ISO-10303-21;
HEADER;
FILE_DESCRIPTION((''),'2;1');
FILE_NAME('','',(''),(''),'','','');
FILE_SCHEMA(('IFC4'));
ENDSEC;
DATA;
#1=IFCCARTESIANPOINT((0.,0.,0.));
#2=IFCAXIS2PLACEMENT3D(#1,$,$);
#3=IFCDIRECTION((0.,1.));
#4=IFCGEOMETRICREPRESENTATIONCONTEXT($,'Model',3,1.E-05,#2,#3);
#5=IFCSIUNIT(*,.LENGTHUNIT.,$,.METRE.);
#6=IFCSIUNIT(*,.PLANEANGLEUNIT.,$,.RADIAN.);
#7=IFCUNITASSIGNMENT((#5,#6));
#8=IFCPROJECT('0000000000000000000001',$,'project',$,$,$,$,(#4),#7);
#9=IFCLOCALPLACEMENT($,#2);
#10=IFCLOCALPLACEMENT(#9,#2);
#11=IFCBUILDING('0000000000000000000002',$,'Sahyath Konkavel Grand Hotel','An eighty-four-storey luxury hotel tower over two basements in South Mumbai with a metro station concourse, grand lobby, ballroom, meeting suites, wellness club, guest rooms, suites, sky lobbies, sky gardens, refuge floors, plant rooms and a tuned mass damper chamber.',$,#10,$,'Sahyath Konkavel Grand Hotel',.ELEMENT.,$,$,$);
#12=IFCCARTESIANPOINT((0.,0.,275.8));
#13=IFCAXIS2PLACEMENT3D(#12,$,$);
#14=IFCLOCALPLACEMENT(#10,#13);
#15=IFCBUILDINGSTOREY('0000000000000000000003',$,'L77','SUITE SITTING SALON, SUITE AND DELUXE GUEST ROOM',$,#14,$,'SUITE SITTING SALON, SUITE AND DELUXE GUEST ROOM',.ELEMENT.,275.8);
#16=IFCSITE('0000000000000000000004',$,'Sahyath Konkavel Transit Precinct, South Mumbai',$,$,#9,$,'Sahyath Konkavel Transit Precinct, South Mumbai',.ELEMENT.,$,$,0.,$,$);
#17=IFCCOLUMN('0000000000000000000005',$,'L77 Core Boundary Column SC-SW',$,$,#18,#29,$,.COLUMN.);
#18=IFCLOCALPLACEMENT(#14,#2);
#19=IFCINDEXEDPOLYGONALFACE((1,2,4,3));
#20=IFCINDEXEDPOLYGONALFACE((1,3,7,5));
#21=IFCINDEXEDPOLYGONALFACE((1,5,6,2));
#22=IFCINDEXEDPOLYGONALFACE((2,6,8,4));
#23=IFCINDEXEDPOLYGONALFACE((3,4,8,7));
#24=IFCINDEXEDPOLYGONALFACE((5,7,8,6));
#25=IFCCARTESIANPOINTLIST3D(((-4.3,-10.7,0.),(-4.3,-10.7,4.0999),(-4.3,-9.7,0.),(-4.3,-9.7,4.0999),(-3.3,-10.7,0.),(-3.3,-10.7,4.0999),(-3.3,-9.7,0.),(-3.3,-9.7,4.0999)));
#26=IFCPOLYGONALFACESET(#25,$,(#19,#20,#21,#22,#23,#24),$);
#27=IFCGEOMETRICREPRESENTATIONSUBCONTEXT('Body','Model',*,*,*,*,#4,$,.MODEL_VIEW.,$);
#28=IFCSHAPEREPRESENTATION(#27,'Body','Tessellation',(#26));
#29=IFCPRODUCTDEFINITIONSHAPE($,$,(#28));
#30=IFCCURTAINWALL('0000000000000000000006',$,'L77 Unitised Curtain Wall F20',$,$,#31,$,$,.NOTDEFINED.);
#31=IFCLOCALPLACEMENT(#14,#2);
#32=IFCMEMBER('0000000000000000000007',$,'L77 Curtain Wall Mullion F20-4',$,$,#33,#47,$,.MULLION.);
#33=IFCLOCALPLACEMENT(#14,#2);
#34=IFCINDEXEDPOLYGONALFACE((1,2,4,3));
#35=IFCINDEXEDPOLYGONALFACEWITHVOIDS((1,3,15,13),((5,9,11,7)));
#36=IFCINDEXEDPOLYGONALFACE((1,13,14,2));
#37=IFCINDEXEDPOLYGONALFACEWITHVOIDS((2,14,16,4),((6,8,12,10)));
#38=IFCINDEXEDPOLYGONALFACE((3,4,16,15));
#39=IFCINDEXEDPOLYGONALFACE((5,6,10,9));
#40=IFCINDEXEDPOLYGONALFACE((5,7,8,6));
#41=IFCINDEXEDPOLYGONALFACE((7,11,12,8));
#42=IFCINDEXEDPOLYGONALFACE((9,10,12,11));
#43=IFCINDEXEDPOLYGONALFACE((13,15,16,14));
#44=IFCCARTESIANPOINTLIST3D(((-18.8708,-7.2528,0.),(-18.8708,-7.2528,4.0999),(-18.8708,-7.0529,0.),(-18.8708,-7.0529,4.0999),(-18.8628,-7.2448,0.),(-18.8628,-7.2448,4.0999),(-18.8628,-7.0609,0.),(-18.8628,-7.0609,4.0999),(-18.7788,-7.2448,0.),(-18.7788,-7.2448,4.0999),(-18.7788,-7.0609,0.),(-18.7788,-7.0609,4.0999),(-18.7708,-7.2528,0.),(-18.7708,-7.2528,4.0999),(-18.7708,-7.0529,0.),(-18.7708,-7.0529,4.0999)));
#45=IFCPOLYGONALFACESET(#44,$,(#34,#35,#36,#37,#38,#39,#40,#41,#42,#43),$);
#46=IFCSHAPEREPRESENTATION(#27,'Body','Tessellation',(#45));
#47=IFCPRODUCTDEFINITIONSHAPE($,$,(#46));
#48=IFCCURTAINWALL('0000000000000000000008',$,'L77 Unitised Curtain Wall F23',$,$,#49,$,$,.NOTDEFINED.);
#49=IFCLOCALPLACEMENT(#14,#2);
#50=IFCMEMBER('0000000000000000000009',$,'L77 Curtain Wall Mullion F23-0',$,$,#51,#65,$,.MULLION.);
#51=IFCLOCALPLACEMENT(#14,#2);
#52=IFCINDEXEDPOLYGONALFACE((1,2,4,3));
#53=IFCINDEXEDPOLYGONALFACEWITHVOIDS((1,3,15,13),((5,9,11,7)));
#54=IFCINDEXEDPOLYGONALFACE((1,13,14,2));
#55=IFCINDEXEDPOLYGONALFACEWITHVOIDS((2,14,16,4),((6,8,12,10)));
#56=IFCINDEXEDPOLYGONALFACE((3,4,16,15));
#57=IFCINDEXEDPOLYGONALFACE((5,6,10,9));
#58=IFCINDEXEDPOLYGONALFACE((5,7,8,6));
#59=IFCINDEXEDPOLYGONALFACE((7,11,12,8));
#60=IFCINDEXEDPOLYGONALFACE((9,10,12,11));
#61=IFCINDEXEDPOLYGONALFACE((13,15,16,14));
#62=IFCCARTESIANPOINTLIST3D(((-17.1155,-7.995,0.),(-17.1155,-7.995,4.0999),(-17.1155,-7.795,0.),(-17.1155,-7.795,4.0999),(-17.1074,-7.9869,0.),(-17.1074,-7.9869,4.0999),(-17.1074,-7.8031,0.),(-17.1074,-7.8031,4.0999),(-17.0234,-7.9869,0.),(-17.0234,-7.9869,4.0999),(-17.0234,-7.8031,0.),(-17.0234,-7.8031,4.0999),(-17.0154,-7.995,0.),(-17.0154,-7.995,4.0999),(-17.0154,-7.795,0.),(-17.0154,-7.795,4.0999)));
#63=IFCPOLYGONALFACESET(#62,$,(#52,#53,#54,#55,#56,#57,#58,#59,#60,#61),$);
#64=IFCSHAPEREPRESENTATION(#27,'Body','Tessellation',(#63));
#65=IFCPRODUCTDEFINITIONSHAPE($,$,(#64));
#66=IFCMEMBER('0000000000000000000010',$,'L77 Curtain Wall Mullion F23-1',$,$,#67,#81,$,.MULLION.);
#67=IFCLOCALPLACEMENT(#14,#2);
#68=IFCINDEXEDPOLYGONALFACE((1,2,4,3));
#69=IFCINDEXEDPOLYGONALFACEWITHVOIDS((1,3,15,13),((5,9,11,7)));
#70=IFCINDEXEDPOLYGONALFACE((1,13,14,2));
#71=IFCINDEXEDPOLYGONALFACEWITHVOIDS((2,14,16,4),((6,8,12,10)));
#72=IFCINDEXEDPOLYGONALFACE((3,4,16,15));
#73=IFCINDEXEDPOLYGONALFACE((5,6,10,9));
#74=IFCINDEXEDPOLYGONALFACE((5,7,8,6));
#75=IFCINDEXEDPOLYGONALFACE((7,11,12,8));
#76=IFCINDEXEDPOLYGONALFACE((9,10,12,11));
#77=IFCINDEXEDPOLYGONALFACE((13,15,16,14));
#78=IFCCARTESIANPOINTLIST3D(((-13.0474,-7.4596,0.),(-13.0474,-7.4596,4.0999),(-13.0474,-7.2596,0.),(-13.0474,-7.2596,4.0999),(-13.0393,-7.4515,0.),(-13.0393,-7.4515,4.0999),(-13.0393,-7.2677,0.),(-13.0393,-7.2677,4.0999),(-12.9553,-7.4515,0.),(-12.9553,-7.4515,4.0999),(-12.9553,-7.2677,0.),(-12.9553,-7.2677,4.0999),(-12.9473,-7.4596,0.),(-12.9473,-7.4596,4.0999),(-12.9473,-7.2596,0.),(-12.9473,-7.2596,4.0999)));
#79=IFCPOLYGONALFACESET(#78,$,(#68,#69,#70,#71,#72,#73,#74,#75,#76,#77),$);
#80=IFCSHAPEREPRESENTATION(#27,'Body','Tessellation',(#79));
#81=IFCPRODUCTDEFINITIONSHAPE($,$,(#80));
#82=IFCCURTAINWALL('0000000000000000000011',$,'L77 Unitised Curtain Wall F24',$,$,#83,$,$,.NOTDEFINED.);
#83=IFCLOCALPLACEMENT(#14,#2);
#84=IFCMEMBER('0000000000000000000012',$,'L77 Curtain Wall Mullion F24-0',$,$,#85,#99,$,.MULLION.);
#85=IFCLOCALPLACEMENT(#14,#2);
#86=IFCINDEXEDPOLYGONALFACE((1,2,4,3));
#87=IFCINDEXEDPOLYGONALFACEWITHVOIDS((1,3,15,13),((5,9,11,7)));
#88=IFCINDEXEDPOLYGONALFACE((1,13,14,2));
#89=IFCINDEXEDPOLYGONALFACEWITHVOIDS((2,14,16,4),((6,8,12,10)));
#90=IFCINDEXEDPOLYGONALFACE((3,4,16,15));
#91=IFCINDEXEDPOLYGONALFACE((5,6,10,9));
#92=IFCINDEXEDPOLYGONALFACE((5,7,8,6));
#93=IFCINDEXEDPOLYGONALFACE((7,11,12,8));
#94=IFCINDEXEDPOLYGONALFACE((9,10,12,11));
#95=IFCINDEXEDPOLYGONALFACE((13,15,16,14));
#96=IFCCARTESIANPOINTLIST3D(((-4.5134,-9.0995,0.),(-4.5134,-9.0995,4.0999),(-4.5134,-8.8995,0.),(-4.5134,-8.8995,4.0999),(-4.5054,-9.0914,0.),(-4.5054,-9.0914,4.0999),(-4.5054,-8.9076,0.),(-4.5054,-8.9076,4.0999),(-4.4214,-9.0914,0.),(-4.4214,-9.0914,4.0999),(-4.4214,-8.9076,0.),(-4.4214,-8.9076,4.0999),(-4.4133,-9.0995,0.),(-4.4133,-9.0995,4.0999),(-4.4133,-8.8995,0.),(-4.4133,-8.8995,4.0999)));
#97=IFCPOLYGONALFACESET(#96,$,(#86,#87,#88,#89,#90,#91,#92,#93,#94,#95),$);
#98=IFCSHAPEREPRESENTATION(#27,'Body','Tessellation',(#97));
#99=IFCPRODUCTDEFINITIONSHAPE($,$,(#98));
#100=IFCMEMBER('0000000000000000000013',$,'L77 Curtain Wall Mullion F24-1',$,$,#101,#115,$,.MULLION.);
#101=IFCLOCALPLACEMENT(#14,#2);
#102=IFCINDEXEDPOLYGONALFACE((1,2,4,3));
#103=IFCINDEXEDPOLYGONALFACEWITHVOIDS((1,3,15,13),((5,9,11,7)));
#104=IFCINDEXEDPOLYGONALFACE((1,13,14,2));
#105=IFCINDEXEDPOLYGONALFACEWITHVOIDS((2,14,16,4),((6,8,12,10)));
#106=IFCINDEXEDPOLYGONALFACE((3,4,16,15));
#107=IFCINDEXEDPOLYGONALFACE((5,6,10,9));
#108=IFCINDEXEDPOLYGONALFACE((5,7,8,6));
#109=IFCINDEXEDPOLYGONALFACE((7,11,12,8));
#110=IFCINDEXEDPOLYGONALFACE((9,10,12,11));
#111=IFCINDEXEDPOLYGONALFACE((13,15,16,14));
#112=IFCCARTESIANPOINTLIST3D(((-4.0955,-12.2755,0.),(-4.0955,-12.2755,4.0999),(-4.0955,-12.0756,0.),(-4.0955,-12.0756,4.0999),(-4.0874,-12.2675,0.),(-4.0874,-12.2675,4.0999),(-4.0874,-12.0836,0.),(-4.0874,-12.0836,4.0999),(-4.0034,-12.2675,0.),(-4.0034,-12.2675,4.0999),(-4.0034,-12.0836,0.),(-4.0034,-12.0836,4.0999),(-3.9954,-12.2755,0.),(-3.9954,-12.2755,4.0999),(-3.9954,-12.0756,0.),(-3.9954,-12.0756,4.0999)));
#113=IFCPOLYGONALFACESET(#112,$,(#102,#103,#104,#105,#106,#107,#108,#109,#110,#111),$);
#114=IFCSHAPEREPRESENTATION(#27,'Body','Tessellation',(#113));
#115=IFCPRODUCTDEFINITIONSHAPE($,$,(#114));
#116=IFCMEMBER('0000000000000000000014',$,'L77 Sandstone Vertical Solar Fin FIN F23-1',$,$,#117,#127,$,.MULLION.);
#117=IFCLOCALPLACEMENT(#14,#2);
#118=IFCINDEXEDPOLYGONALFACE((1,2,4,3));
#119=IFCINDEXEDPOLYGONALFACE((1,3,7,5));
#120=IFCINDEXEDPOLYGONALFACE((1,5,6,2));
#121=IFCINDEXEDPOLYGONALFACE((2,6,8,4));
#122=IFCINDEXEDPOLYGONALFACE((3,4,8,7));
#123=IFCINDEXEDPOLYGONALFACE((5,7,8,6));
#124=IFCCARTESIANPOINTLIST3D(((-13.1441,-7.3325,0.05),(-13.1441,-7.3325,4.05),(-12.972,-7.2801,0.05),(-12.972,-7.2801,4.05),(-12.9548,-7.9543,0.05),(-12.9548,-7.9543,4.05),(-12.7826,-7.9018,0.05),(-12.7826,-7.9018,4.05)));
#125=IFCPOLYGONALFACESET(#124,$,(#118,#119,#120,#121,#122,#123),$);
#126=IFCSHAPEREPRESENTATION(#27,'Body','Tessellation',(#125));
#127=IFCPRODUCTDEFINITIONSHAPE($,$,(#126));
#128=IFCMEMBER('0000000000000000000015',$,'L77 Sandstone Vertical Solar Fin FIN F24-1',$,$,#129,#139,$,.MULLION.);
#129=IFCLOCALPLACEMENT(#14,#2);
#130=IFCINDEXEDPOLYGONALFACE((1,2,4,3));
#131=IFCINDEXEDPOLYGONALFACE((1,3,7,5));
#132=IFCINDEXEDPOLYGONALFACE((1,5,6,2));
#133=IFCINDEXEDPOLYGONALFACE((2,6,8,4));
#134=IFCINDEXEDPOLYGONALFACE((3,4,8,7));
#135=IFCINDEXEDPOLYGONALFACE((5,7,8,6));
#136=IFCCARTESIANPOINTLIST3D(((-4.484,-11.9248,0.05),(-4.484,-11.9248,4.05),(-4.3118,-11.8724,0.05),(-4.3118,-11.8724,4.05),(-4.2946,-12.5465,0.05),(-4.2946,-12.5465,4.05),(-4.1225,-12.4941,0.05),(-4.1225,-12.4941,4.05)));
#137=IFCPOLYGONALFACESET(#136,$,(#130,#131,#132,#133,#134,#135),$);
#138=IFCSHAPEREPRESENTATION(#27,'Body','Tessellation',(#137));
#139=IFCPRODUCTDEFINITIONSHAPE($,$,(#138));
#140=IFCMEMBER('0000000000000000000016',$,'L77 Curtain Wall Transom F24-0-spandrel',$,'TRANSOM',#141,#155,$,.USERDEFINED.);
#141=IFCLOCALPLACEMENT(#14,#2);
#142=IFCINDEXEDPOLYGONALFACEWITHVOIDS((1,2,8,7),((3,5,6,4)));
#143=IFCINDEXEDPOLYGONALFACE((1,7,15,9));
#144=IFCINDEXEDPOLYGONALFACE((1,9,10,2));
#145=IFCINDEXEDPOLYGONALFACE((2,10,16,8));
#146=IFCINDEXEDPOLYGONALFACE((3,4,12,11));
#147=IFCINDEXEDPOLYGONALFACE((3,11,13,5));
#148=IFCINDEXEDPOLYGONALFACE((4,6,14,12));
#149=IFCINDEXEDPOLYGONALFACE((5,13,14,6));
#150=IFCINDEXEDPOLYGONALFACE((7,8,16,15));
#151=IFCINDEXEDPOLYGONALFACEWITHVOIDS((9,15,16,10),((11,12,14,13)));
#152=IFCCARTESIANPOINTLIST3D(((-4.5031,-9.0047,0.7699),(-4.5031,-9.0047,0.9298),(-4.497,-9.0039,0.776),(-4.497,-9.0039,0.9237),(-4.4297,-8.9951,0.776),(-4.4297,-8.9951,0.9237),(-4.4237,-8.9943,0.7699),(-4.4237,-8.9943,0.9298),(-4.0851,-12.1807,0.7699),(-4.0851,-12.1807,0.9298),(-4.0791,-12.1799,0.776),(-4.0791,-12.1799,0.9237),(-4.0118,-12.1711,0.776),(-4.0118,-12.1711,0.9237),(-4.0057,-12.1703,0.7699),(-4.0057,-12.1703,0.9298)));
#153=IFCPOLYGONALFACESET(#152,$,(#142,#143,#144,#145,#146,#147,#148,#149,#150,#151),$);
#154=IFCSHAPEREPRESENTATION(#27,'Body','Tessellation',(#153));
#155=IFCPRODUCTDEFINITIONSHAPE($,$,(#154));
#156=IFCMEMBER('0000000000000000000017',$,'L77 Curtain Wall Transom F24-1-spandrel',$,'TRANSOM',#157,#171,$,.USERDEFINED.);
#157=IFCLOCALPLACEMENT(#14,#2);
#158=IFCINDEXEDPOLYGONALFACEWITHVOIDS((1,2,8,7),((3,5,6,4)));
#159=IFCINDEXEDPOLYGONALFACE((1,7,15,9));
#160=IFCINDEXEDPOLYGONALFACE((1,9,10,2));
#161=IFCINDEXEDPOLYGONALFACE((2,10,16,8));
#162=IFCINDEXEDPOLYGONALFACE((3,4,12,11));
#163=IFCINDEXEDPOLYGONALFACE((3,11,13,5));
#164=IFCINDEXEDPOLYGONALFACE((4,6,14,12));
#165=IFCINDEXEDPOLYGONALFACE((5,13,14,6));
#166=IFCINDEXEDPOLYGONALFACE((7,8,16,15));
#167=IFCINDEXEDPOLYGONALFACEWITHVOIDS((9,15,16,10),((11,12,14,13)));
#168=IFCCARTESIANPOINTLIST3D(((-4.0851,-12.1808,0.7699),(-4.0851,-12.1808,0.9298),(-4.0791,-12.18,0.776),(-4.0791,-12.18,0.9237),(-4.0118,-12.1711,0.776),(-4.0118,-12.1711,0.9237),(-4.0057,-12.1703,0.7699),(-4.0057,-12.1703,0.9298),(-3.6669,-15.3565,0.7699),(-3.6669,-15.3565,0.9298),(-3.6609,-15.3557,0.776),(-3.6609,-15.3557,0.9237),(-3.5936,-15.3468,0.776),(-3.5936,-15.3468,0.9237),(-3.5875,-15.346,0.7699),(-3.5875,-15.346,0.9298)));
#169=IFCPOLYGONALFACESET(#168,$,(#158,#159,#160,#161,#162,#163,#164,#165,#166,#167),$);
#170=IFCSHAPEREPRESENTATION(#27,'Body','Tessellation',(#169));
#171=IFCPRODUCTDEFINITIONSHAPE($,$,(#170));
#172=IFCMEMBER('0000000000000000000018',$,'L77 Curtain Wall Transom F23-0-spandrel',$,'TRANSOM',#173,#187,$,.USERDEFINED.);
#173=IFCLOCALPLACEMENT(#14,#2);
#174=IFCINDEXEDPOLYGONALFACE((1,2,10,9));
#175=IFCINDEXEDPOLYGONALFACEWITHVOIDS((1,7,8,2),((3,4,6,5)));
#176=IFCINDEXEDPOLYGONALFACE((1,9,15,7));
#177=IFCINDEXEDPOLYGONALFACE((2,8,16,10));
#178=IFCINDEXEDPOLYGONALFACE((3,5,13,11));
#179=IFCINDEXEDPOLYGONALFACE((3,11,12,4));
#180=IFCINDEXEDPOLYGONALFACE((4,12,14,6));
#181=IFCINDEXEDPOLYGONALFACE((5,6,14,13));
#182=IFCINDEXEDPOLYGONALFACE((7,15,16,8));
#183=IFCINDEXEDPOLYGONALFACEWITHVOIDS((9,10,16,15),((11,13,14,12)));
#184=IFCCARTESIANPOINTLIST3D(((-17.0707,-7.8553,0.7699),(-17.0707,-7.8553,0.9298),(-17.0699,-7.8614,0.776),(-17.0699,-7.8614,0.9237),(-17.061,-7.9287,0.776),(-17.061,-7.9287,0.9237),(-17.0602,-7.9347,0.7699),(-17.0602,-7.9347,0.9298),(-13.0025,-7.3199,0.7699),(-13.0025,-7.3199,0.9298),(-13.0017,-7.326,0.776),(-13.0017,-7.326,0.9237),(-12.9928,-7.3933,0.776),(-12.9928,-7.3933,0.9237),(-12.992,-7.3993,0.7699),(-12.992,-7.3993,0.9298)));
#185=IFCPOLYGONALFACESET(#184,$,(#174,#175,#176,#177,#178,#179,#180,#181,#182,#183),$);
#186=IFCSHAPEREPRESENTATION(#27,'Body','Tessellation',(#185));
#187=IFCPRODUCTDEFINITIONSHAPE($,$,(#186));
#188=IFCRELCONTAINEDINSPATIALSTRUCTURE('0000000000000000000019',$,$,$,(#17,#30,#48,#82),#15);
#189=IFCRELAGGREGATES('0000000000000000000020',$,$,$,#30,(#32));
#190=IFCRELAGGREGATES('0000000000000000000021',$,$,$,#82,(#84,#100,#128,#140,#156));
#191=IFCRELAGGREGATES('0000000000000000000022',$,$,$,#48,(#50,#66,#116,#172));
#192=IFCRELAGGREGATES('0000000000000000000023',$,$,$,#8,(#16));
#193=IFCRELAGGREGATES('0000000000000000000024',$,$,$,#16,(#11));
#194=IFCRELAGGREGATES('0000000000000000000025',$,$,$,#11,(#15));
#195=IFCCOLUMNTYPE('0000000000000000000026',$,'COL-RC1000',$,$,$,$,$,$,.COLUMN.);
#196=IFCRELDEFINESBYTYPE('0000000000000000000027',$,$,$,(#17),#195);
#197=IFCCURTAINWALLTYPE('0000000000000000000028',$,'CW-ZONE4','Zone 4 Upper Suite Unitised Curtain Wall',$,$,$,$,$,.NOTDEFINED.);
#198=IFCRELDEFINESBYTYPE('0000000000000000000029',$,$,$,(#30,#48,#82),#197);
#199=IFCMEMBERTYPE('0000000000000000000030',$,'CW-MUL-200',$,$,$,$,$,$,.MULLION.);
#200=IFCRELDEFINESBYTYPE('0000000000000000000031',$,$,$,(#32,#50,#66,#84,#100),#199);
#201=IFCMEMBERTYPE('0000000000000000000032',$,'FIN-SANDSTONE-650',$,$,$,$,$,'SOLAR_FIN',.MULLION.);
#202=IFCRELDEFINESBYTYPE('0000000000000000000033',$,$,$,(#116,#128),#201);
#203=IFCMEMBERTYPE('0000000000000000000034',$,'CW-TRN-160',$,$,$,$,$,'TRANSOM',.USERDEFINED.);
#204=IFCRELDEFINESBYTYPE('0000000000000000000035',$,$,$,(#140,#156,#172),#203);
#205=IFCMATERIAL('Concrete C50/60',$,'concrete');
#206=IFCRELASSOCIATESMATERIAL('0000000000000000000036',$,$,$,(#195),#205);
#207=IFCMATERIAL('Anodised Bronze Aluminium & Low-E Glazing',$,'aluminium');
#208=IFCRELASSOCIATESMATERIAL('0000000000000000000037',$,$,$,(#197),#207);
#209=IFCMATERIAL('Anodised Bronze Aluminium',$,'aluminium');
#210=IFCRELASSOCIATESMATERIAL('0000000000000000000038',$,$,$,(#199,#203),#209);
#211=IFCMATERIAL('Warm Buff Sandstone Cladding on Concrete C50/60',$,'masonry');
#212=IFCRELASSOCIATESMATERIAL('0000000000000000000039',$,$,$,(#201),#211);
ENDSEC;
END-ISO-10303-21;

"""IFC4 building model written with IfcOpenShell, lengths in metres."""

from ifc_helpers import new_model, si_unit, direction, frame, origin, origin_2d, place, context, subcontext, project, spatial, rectangle, hollow_rectangle, extrude, source, transform, mapped, material, material_profile, profile_set, type_object, element, aggregate, save


model = new_model("IFC4")

# Units and contexts
model_context = context("Model", 3, precision=1e-05, world=origin(), true_north=direction((0.0, 1.0)))
body_context = subcontext(model_context, "Body", "Model", "MODEL_VIEW")
ifc_project = project(units=[si_unit("LENGTHUNIT", "METRE"), si_unit("PLANEANGLEUNIT", "RADIAN")], contexts=[model_context])

# Site, building, storey
site_placement = place(None, origin())
site = spatial("IfcSite", under=ifc_project, at=site_placement, Name="Sahyath Konkavel Transit Precinct, South Mumbai", LongName="Sahyath Konkavel Transit Precinct, South Mumbai", CompositionType="ELEMENT", RefElevation=0.0)
building_placement = place(site_placement, origin())
building = spatial("IfcBuilding", under=site, at=building_placement, Name="Sahyath Konkavel Grand Hotel", Description="An eighty-four-storey luxury hotel tower over two basements in South Mumbai with a metro station concourse, grand lobby, ballroom, meeting suites, wellness club, guest rooms, suites, sky lobbies, sky gardens, refuge floors, plant rooms and a tuned mass damper chamber.", LongName="Sahyath Konkavel Grand Hotel", CompositionType="ELEMENT")
storey_placement = place(building_placement, frame((0.0, 0.0, 275.8)))
storey = spatial("IfcBuildingStorey", under=building, at=storey_placement, Name="L77", Description="SUITE SITTING SALON, SUITE AND DELUXE GUEST ROOM", LongName="SUITE SITTING SALON, SUITE AND DELUXE GUEST ROOM", CompositionType="ELEMENT", Elevation=275.8)

# Column
ifc_material_1 = material(Name="Concrete C50/60", Category="concrete")
ifc_material_profile_1 = material_profile(ifc_material_1, rectangle(XDim=1.0, YDim=1.0, at=origin_2d()), Name="RC 1000x1000")
ifc_profile_set_1 = profile_set([ifc_material_profile_1], Name="Concrete C50/60")
column_type = type_object("IfcColumnType", Name="COL-RC1000", PredefinedType="COLUMN", material=ifc_profile_set_1)
shared_shape_1 = source(origin(), body_context, "Body", "SweptSolid", [
    extrude(rectangle(XDim=1.0, YDim=1.0, at=origin_2d()), origin(), (0.0, 0.0, 1.0), 4.0999),
])
column_placement = place(storey_placement, frame((-3.8, -10.2, 0.0), z_axis=(0.0, 0.0, 1.0), x_axis=(1.0, 0.0, 0.0)))
element("IfcColumn", 1, at=column_placement, inside=storey, type_object=column_type, Name="L77 Core Boundary Column SC-SW", PredefinedType="COLUMN", context=body_context, shape_type="MappedRepresentation", body=[
    mapped(shared_shape_1, transform((0.0, 0.0, 0.0), scale=1.0)),
])

# Curtain wall, member
ifc_material_2 = material(Name="Anodised Bronze Aluminium & Low-E Glazing", Category="aluminium")
curtain_wall_type = type_object("IfcCurtainWallType", Name="CW-ZONE4", Description="Zone 4 Upper Suite Unitised Curtain Wall", PredefinedType="NOTDEFINED", material=ifc_material_2)
curtain_wall_1_placement = place(storey_placement, origin())
curtain_wall_1 = element("IfcCurtainWall", 2, at=curtain_wall_1_placement, inside=storey, type_object=curtain_wall_type, Name="L77 Unitised Curtain Wall F20", PredefinedType="NOTDEFINED")
ifc_material_3 = material(Name="Anodised Bronze Aluminium", Category="aluminium")
ifc_material_profile_2 = material_profile(ifc_material_3, hollow_rectangle(XDim=0.1001, YDim=0.2, WallThickness=0.0081, at=origin_2d()), Name="RHS 200x100x8")
ifc_profile_set_2 = profile_set([ifc_material_profile_2], Name="Anodised Bronze Aluminium")
member_type_1 = type_object("IfcMemberType", Name="CW-MUL-200", PredefinedType="MULLION", material=ifc_profile_set_2)
shared_shape_2 = source(origin(), body_context, "Body", "SweptSolid", [
    extrude(hollow_rectangle(XDim=0.1001, YDim=0.2, WallThickness=0.0081, at=origin_2d()), origin(), (0.0, 0.0, 1.0), 4.0999),
])
member_1_placement = place(storey_placement, frame((-18.8208, -7.1528, 0.0), z_axis=(0.0, 0.0, 1.0), x_axis=(1.0, 0.0, 0.0)))
member_1 = element("IfcMember", 3, at=member_1_placement, type_object=member_type_1, Name="L77 Curtain Wall Mullion F20-4", PredefinedType="MULLION", context=body_context, shape_type="MappedRepresentation", body=[
    mapped(shared_shape_2, transform((0.0, 0.0, 0.0), scale=1.0)),
])
aggregate(curtain_wall_1, [member_1])

# Curtain walls, members
curtain_wall_2_placement = place(storey_placement, origin())
curtain_wall_2 = element("IfcCurtainWall", 4, at=curtain_wall_2_placement, inside=storey, type_object=curtain_wall_type, Name="L77 Unitised Curtain Wall F23", PredefinedType="NOTDEFINED")
member_2_placement = place(storey_placement, frame((-17.0654, -7.895, 0.0), z_axis=(0.0, 0.0, 1.0), x_axis=(1.0, 0.0, 0.0)))
member_2 = element("IfcMember", 5, at=member_2_placement, type_object=member_type_1, Name="L77 Curtain Wall Mullion F23-0", PredefinedType="MULLION", context=body_context, shape_type="MappedRepresentation", body=[
    mapped(shared_shape_2, transform((0.0, 0.0, 0.0), scale=1.0)),
])
member_3_placement = place(storey_placement, frame((-12.9973, -7.3596, 0.0), z_axis=(0.0, 0.0, 1.0), x_axis=(1.0, 0.0, 0.0)))
member_3 = element("IfcMember", 6, at=member_3_placement, type_object=member_type_1, Name="L77 Curtain Wall Mullion F23-1", PredefinedType="MULLION", context=body_context, shape_type="MappedRepresentation", body=[
    mapped(shared_shape_2, transform((0.0, 0.0, 0.0), scale=1.0)),
])
curtain_wall_3_placement = place(storey_placement, origin())
curtain_wall_3 = element("IfcCurtainWall", 7, at=curtain_wall_3_placement, inside=storey, type_object=curtain_wall_type, Name="L77 Unitised Curtain Wall F24", PredefinedType="NOTDEFINED")
member_4_placement = place(storey_placement, frame((-4.4634, -8.9995, 0.0), z_axis=(0.0, 0.0, 1.0), x_axis=(1.0, 0.0, 0.0)))
member_4 = element("IfcMember", 8, at=member_4_placement, type_object=member_type_1, Name="L77 Curtain Wall Mullion F24-0", PredefinedType="MULLION", context=body_context, shape_type="MappedRepresentation", body=[
    mapped(shared_shape_2, transform((0.0, 0.0, 0.0), scale=1.0)),
])
member_5_placement = place(storey_placement, frame((-4.0454, -12.1755, 0.0), z_axis=(0.0, 0.0, 1.0), x_axis=(1.0, 0.0, 0.0)))
member_5 = element("IfcMember", 9, at=member_5_placement, type_object=member_type_1, Name="L77 Curtain Wall Mullion F24-1", PredefinedType="MULLION", context=body_context, shape_type="MappedRepresentation", body=[
    mapped(shared_shape_2, transform((0.0, 0.0, 0.0), scale=1.0)),
])

# Members
ifc_material_4 = material(Name="Warm Buff Sandstone Cladding on Concrete C50/60", Category="masonry")
ifc_material_profile_3 = material_profile(ifc_material_4, rectangle(XDim=0.1799, YDim=0.6499, at=origin_2d()), Name="FIN 180x650")
ifc_profile_set_3 = profile_set([ifc_material_profile_3], Name="Warm Buff Sandstone Cladding on Concrete C50/60")
member_type_2 = type_object("IfcMemberType", Name="FIN-SANDSTONE-650", ElementType="SOLAR_FIN", PredefinedType="MULLION", material=ifc_profile_set_3)
shared_shape_3 = source(origin(), body_context, "Body", "SweptSolid", [
    extrude(rectangle(XDim=0.1799, YDim=0.6499, at=origin_2d()), origin(), (0.0, 0.0, 1.0), 4.0),
])
member_6_placement = place(storey_placement, frame((-12.9634, -7.6172, 0.05), z_axis=(0.0, 0.0, 1.0), x_axis=(0.95661, 0.29137, 0.0)))
member_6 = element("IfcMember", 10, at=member_6_placement, type_object=member_type_2, Name="L77 Sandstone Vertical Solar Fin FIN F23-1", PredefinedType="MULLION", context=body_context, shape_type="MappedRepresentation", body=[
    mapped(shared_shape_3, transform((0.0, 0.0, 0.0), scale=1.0)),
])
member_7_placement = place(storey_placement, frame((-4.3032, -12.2095, 0.05), z_axis=(0.0, 0.0, 1.0), x_axis=(0.95661, 0.29137, 0.0)))
member_7 = element("IfcMember", 11, at=member_7_placement, type_object=member_type_2, Name="L77 Sandstone Vertical Solar Fin FIN F24-1", PredefinedType="MULLION", context=body_context, shape_type="MappedRepresentation", body=[
    mapped(shared_shape_3, transform((0.0, 0.0, 0.0), scale=1.0)),
])
ifc_material_profile_4 = material_profile(ifc_material_3, hollow_rectangle(XDim=0.0801, YDim=0.1599, WallThickness=0.0061, at=origin_2d()), Name="RHS 160x80x6")
ifc_profile_set_4 = profile_set([ifc_material_profile_4], Name="Anodised Bronze Aluminium")
member_type_3 = type_object("IfcMemberType", Name="CW-TRN-160", ElementType="TRANSOM", PredefinedType="USERDEFINED", material=ifc_profile_set_4)
shared_shape_4 = source(origin(), body_context, "Body", "SweptSolid", [
    extrude(hollow_rectangle(XDim=0.0801, YDim=0.1599, WallThickness=0.0061, at=origin_2d()), origin(), (0.0, 0.0, 1.0), 3.2034),
])
member_8_placement = place(storey_placement, frame((-4.4634, -8.9995, 0.8499), z_axis=(0.130476, -0.991451, 0.0), x_axis=(0.991451, 0.130476, 0.0)))
member_8 = element("IfcMember", 12, at=member_8_placement, type_object=member_type_3, Name="L77 Curtain Wall Transom F24-0-spandrel", ObjectType="TRANSOM", PredefinedType="USERDEFINED", context=body_context, shape_type="MappedRepresentation", body=[
    mapped(shared_shape_4, transform((0.0, 0.0, 0.0), scale=1.0)),
])
shared_shape_5 = source(origin(), body_context, "Body", "SweptSolid", [
    extrude(hollow_rectangle(XDim=0.0801, YDim=0.1599, WallThickness=0.0061, at=origin_2d()), origin(), (0.0, 0.0, 1.0), 3.2031),
])
member_9_placement = place(storey_placement, frame((-4.0454, -12.1755, 0.8499), z_axis=(0.130561, -0.99144, 0.0), x_axis=(0.99144, 0.130561, 0.0)))
member_9 = element("IfcMember", 13, at=member_9_placement, type_object=member_type_3, Name="L77 Curtain Wall Transom F24-1-spandrel", ObjectType="TRANSOM", PredefinedType="USERDEFINED", context=body_context, shape_type="MappedRepresentation", body=[
    mapped(shared_shape_5, transform((0.0, 0.0, 0.0), scale=1.0)),
])
shared_shape_6 = source(origin(), body_context, "Body", "SweptSolid", [
    extrude(hollow_rectangle(XDim=0.0801, YDim=0.1599, WallThickness=0.0061, at=origin_2d()), origin(), (0.0, 0.0, 1.0), 4.1033),
])
member_10_placement = place(storey_placement, frame((-17.0654, -7.895, 0.8499), z_axis=(0.99145, 0.130484, 0.0), x_axis=(-0.130484, 0.99145, 0.0)))
member_10 = element("IfcMember", 14, at=member_10_placement, type_object=member_type_3, Name="L77 Curtain Wall Transom F23-0-spandrel", ObjectType="TRANSOM", PredefinedType="USERDEFINED", context=body_context, shape_type="MappedRepresentation", body=[
    mapped(shared_shape_6, transform((0.0, 0.0, 0.0), scale=1.0)),
])

aggregate(curtain_wall_3, [member_4, member_5, member_7, member_8, member_9])
aggregate(curtain_wall_2, [member_2, member_3, member_6, member_10])

save(model, "model.ifc")
